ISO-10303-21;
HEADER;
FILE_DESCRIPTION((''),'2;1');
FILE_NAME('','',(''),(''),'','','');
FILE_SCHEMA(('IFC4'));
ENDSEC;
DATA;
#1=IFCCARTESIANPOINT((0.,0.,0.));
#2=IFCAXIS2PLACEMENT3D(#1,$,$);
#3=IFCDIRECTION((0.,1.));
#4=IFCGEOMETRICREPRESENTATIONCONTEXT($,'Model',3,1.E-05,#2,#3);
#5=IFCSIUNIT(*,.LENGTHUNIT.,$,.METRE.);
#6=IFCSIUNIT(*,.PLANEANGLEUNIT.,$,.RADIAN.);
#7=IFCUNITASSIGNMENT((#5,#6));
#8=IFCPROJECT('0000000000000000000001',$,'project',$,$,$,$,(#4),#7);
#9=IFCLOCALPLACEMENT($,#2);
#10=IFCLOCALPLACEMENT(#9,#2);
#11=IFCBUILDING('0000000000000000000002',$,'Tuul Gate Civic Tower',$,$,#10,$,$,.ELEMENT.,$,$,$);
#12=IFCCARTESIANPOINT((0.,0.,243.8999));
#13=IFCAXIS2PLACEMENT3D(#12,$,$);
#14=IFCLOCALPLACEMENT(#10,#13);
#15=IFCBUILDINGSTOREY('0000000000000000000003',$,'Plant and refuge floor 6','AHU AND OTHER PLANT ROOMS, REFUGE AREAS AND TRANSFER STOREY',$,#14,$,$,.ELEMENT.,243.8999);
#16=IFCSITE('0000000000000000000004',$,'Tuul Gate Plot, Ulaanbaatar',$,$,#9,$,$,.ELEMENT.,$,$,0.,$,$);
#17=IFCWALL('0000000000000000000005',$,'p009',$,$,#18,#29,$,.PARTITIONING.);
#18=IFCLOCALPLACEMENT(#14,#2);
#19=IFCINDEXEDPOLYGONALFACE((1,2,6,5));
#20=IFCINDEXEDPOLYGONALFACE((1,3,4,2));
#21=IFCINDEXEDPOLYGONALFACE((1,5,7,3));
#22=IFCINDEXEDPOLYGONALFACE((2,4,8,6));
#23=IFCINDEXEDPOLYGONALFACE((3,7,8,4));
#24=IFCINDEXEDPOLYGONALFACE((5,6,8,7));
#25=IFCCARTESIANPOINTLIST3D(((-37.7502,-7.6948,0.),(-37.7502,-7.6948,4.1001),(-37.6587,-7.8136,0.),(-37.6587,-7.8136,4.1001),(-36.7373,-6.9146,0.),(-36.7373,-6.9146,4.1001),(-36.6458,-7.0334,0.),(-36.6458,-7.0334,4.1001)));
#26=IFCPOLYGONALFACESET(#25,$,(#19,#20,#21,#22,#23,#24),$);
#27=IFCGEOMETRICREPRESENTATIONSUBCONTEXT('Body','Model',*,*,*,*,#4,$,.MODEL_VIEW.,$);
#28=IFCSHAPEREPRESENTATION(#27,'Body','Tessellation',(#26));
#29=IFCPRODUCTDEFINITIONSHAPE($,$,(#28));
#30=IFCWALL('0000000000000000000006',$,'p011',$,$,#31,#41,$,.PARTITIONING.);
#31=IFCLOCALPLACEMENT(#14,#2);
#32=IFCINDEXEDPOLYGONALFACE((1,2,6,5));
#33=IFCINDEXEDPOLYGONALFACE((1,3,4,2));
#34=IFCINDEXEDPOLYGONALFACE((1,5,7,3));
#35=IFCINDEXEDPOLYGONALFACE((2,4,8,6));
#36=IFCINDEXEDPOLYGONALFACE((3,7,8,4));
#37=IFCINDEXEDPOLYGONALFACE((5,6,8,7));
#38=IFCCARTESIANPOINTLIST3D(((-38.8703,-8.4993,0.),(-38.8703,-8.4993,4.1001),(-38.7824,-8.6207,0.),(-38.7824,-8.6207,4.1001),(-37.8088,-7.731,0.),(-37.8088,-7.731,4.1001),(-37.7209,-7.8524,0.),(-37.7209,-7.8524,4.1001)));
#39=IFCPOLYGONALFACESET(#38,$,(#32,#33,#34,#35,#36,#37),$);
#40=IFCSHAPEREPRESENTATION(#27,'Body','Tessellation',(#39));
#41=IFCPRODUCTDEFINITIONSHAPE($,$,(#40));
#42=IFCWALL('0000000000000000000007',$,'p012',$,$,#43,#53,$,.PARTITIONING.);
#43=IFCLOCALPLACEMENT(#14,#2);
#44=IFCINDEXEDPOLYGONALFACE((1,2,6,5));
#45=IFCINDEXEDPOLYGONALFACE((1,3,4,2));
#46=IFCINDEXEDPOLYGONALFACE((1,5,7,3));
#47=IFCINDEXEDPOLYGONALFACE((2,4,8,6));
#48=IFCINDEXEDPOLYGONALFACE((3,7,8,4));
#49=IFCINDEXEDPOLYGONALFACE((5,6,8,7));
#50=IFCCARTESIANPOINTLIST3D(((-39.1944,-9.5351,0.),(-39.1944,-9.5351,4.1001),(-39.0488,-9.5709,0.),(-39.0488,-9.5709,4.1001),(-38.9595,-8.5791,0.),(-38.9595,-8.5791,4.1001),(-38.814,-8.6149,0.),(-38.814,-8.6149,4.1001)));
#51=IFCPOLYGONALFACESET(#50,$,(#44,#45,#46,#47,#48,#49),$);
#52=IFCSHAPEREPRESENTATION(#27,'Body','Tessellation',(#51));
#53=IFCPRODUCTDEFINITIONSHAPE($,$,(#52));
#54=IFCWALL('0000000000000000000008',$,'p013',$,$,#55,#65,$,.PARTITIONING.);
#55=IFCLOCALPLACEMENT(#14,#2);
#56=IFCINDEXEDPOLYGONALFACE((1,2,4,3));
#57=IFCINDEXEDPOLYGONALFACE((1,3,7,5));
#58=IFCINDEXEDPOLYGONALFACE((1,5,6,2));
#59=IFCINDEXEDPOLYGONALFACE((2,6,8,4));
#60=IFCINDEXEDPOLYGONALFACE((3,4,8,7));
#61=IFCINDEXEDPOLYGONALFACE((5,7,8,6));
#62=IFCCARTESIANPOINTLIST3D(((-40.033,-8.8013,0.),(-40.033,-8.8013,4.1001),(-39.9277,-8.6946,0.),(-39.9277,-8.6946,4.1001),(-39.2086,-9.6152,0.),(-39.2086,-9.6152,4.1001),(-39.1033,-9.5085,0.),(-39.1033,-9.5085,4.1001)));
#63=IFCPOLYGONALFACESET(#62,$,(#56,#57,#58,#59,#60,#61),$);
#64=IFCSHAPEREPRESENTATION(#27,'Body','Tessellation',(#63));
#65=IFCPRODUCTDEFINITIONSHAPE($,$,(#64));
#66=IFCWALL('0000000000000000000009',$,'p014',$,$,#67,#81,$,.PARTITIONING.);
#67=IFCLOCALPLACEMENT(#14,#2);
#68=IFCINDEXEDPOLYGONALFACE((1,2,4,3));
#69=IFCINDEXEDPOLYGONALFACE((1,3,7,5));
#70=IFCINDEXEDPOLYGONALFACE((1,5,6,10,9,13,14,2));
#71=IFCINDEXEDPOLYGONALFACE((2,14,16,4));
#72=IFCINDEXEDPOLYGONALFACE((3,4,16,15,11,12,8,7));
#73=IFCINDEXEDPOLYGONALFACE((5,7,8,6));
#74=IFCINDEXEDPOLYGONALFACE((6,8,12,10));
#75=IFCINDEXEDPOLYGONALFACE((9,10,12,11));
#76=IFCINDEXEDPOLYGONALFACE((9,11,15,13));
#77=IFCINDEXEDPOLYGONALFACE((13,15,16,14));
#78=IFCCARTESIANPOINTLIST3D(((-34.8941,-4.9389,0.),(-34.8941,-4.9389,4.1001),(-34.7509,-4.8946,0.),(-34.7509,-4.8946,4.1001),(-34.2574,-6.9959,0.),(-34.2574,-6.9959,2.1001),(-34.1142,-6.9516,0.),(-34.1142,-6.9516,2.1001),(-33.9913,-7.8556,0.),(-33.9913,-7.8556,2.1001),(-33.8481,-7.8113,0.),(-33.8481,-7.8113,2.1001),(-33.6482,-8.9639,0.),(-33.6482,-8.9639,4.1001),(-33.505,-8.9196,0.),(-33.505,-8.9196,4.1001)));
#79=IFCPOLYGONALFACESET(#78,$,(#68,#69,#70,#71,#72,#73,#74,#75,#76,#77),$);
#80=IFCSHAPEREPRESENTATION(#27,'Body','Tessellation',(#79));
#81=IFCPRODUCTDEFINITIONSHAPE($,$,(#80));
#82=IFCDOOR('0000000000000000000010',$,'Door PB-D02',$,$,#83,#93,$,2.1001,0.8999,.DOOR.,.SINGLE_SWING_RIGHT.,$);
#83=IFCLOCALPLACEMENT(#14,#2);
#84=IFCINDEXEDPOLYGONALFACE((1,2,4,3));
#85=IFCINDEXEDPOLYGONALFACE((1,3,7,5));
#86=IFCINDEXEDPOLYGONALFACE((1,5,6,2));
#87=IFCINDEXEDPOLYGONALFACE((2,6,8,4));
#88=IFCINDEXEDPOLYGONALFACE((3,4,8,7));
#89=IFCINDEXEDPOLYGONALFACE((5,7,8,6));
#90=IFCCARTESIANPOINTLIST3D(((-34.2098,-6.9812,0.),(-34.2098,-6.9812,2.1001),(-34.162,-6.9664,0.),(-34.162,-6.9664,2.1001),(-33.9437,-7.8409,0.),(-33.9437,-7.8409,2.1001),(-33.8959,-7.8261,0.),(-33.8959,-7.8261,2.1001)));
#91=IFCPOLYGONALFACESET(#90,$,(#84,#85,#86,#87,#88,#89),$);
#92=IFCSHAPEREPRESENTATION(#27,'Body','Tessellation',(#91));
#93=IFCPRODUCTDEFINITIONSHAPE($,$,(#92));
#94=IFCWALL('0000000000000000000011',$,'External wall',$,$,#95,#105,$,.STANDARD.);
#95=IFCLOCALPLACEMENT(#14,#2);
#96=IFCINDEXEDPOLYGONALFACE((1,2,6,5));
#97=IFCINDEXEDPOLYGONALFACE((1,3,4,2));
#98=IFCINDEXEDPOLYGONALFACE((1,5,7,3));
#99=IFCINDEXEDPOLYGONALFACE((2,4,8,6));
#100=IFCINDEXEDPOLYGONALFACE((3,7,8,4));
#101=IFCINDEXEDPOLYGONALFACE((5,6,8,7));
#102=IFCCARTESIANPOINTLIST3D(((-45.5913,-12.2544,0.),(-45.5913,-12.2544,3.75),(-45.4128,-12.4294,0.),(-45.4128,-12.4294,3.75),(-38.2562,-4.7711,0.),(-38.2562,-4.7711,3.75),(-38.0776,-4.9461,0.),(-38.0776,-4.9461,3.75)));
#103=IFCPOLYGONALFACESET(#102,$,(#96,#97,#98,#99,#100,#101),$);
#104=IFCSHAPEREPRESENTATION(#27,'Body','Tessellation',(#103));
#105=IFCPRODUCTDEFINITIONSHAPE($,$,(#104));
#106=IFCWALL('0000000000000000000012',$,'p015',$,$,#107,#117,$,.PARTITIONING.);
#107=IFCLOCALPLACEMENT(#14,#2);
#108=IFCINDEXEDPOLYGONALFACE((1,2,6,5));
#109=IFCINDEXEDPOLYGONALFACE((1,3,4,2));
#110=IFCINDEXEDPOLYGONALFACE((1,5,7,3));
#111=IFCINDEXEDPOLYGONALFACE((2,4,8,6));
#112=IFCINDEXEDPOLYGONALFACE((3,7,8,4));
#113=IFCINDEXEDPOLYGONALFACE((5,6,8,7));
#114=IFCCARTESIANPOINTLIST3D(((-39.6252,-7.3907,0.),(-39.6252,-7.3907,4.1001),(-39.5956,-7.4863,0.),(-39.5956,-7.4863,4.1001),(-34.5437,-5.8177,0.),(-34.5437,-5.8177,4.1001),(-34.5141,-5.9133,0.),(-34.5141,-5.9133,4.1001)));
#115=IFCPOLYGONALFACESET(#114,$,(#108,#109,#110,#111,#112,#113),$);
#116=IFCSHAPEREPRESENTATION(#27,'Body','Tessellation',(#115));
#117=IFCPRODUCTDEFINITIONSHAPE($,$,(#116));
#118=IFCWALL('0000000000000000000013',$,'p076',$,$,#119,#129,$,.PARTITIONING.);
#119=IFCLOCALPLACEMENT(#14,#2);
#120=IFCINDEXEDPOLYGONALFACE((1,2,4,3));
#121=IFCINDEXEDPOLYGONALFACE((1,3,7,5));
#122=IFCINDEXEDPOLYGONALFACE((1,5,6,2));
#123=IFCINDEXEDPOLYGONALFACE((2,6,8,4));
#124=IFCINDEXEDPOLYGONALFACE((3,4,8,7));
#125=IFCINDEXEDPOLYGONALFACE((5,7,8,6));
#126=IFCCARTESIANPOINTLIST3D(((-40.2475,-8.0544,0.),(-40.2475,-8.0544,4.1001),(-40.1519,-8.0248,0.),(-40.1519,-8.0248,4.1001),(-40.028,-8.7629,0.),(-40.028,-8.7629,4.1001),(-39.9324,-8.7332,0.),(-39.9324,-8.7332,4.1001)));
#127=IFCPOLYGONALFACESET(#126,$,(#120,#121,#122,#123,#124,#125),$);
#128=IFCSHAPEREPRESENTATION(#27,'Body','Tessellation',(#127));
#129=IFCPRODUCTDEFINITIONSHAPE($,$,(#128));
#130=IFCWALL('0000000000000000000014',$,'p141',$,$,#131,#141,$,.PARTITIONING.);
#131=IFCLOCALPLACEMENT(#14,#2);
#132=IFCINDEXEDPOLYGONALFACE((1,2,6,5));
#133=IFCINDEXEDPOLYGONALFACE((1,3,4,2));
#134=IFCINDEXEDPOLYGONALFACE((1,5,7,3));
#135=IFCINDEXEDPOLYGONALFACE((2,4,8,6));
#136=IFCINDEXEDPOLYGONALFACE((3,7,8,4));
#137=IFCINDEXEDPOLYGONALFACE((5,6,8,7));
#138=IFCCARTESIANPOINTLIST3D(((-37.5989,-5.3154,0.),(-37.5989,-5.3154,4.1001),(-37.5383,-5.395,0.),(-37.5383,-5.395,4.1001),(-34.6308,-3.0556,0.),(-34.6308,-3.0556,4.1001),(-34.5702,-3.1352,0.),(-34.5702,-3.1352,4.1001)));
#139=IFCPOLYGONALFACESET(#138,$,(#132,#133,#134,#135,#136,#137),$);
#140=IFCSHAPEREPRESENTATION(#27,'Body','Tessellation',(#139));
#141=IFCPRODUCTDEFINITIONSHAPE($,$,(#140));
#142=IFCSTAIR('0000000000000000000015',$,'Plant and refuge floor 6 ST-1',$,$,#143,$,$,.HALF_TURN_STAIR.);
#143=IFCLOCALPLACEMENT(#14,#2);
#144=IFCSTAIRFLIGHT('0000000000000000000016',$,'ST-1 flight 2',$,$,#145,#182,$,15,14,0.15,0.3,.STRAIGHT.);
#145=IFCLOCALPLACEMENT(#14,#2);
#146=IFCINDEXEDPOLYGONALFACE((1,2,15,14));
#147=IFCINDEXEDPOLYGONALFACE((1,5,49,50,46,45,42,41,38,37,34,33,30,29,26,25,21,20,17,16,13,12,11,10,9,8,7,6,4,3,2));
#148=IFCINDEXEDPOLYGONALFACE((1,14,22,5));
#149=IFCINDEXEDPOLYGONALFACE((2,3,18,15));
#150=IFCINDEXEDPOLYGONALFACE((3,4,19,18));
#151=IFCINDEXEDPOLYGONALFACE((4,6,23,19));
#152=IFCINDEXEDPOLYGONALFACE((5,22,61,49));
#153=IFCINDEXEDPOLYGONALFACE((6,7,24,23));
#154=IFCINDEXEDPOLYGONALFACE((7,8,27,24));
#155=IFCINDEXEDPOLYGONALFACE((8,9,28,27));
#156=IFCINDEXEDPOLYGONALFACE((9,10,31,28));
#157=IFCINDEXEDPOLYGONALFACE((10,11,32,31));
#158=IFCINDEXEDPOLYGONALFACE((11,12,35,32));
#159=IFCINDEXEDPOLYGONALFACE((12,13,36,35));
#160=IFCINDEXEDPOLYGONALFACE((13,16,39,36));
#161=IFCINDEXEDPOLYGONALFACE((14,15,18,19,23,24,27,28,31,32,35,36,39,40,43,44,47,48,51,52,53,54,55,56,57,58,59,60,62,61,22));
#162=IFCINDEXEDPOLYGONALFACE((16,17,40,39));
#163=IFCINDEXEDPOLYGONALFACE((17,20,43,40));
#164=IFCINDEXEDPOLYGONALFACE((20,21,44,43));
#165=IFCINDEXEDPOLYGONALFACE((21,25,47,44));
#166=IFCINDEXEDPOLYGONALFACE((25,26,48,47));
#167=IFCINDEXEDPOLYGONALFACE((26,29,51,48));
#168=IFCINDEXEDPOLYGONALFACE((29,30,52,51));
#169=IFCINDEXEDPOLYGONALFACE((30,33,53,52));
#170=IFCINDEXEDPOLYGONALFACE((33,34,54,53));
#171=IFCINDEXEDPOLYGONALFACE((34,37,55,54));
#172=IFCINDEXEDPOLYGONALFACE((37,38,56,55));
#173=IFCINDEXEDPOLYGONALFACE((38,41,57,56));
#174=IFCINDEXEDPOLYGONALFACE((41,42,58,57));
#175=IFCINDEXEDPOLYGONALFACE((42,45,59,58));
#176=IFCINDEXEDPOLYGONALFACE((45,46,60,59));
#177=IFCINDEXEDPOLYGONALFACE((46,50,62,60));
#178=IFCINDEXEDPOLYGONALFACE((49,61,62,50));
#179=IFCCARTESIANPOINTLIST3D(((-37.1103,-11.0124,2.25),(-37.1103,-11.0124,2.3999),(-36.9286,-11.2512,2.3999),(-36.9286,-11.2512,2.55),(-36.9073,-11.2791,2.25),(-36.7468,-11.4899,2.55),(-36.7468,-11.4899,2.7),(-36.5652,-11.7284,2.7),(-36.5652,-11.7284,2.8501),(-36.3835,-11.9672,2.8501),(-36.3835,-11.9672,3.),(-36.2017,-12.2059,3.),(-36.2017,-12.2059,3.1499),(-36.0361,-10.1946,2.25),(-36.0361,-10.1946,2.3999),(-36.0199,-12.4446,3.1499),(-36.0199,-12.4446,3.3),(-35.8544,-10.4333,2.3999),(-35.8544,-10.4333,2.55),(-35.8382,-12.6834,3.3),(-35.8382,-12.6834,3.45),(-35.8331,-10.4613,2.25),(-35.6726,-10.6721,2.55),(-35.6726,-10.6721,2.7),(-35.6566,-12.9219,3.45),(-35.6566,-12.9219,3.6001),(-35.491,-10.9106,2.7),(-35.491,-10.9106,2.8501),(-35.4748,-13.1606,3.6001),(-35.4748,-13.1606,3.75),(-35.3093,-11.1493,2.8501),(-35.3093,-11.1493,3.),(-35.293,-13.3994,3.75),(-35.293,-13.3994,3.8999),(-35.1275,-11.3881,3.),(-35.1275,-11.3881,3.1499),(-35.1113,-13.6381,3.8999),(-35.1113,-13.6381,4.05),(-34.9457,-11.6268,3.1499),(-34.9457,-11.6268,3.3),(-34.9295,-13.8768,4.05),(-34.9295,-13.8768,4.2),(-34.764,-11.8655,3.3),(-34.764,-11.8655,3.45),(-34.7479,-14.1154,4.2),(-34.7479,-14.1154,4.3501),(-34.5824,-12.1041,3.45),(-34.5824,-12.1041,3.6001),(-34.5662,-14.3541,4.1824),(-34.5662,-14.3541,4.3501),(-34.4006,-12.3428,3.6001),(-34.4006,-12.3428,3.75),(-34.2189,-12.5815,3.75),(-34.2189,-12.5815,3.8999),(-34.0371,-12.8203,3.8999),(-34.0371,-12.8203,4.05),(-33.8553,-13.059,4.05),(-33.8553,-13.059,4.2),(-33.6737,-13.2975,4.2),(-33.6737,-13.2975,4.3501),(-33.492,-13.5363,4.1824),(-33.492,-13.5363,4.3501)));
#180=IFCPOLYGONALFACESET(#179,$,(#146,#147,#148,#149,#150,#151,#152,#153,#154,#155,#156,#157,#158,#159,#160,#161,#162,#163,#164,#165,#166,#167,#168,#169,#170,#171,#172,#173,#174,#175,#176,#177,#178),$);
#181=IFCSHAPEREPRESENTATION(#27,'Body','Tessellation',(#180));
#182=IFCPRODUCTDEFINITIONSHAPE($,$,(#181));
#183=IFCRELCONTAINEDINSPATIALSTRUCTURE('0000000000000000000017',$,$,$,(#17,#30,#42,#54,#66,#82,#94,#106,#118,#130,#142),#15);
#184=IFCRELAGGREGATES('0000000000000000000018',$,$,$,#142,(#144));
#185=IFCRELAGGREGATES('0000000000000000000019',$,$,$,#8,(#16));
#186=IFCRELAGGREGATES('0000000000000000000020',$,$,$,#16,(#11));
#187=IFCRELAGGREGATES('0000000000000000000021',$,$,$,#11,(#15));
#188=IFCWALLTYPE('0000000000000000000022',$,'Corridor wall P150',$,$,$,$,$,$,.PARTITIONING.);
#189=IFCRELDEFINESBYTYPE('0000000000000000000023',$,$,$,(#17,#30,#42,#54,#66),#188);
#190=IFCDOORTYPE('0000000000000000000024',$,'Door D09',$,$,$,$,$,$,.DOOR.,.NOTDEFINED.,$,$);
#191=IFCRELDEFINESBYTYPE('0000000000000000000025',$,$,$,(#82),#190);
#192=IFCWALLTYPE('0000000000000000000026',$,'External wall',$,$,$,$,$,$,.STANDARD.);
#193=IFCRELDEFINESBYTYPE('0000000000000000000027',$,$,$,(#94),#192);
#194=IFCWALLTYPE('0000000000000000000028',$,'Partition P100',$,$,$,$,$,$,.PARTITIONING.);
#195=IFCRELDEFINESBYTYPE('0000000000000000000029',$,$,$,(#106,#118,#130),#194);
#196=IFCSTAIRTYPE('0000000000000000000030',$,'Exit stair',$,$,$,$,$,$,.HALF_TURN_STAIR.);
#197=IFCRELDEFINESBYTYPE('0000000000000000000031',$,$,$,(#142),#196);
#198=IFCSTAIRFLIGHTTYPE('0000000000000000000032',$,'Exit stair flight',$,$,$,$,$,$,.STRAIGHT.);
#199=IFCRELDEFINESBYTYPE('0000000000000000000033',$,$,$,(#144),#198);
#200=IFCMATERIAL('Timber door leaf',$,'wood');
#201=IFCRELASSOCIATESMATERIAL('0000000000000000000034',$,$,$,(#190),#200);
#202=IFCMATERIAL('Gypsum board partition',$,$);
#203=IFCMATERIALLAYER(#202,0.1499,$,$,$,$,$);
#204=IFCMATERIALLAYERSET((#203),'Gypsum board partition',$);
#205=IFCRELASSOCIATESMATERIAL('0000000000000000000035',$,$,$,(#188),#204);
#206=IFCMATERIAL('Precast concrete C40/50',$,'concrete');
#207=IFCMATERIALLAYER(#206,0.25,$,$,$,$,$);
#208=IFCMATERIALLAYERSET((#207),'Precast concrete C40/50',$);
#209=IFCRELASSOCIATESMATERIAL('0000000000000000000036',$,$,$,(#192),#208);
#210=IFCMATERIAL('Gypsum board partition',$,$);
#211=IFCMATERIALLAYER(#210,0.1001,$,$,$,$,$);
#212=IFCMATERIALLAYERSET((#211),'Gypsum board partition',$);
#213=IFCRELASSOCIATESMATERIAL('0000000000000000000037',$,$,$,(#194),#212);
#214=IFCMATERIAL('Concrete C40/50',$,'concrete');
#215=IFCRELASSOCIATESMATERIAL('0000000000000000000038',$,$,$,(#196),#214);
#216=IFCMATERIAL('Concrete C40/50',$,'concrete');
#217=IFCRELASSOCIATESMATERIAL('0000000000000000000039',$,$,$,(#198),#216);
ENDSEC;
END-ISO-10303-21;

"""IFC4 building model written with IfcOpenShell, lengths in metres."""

from ifc_helpers import new_model, si_unit, direction, frame, frame_2d, origin, place, context, subcontext, project, spatial, polyline, rectangle, outline, extrude, material, layer, layer_set, type_object, element, fill, aggregate, save


model = new_model("IFC4")

# Units and contexts
model_context = context("Model", 3, precision=1e-05, world=origin(), true_north=direction((0.0, 1.0)))
body_context = subcontext(model_context, "Body", "Model", "MODEL_VIEW")
ifc_project = project(units=[si_unit("LENGTHUNIT", "METRE"), si_unit("PLANEANGLEUNIT", "RADIAN")], contexts=[model_context])

# Site, building, storey
site_placement = place(None, origin())
site = spatial("IfcSite", under=ifc_project, at=site_placement, Name="Tuul Gate Plot, Ulaanbaatar", CompositionType="ELEMENT", RefElevation=0.0)
building_placement = place(site_placement, origin())
building = spatial("IfcBuilding", under=site, at=building_placement, Name="Tuul Gate Civic Tower", CompositionType="ELEMENT")
storey_placement = place(building_placement, frame((0.0, 0.0, 243.8999)))
storey = spatial("IfcBuildingStorey", under=building, at=storey_placement, Name="Plant and refuge floor 6", Description="AHU AND OTHER PLANT ROOMS, REFUGE AREAS AND TRANSFER STOREY", CompositionType="ELEMENT", Elevation=243.8999)

# Shared definitions
ifc_material_1 = material(Name="Timber door leaf", Category="wood")
door_type_1 = type_object("IfcDoorType", Name="Door D09", OperationType="NOTDEFINED", PredefinedType="DOOR", material=ifc_material_1)

# Walls
ifc_material_2 = material(Name="Gypsum board partition")
ifc_layer_1 = layer(ifc_material_2, 0.1499)
ifc_layer_set_1 = layer_set([ifc_layer_1], Name="Gypsum board partition")
wall_type_1 = type_object("IfcWallType", Name="Corridor wall P150", PredefinedType="PARTITIONING", material=ifc_layer_set_1)
wall_1_placement = place(storey_placement, frame((-37.7043, -7.7542, 0.0), z_axis=(0.0, 0.0, 1.0), x_axis=(0.792212, 0.610246, 0.0)))
element("IfcWall", 1, at=wall_1_placement, inside=storey, type_object=wall_type_1, Name="p009", PredefinedType="PARTITIONING", context=body_context, shape_type="SweptSolid", body=[
    extrude(rectangle(XDim=1.2786, YDim=0.1499, at=frame_2d((0.6392, 0.0))), origin(), (0.0, 0.0, 1.0), 4.1001),
])
wall_2_placement = place(storey_placement, frame((-38.8264, -8.5601, 0.0), z_axis=(0.0, 0.0, 1.0), x_axis=(0.810079, 0.58632, 0.0)))
element("IfcWall", 2, at=wall_2_placement, inside=storey, type_object=wall_type_1, Name="p011", PredefinedType="PARTITIONING", context=body_context, shape_type="SweptSolid", body=[
    extrude(rectangle(XDim=1.3103, YDim=0.1499, at=frame_2d((0.6553, 0.0))), origin(), (0.0, 0.0, 1.0), 4.1001),
])
wall_3_placement = place(storey_placement, frame((-39.1216, -9.553, 0.0), z_axis=(0.0, 0.0, 1.0), x_axis=(0.238566, 0.971126, 0.0)))
element("IfcWall", 3, at=wall_3_placement, inside=storey, type_object=wall_type_1, Name="p012", PredefinedType="PARTITIONING", context=body_context, shape_type="SweptSolid", body=[
    extrude(rectangle(XDim=0.9844, YDim=0.1499, at=frame_2d((0.4922, 0.0))), origin(), (0.0, 0.0, 1.0), 4.1001),
])
wall_4_placement = place(storey_placement, frame((-39.9802, -8.748, 0.0), z_axis=(0.0, 0.0, 1.0), x_axis=(0.711623, -0.702562, 0.0)))
element("IfcWall", 4, at=wall_4_placement, inside=storey, type_object=wall_type_1, Name="p013", PredefinedType="PARTITIONING", context=body_context, shape_type="SweptSolid", body=[
    extrude(rectangle(XDim=1.1584, YDim=0.1499, at=frame_2d((0.5791, 0.0))), origin(), (0.0, 0.0, 1.0), 4.1001),
])

# Wall, opening, door
wall_5_placement = place(storey_placement, frame((-34.8225, -4.9167, 0.0), z_axis=(0.0, 0.0, 1.0), x_axis=(0.295694, -0.955283, 0.0)))
wall_5 = element("IfcWall", 5, at=wall_5_placement, inside=storey, type_object=wall_type_1, Name="p014", PredefinedType="PARTITIONING", context=body_context, shape_type="SweptSolid", body=[
    extrude(rectangle(XDim=4.2134, YDim=0.1499, at=frame_2d((2.1067, 0.0))), origin(), (0.0, 0.0, 1.0), 4.1001),
])
opening_1_placement = place(wall_5_placement, frame((2.1533, 0.0, 0.0)))
opening_1 = element("IfcOpeningElement", 6, at=opening_1_placement, cuts=wall_5, PredefinedType="OPENING", context=body_context, shape_type="SweptSolid", body=[
    extrude(rectangle(XDim=0.8999, YDim=2.1001, at=frame_2d((0.45, 1.05))), frame((0.0, 0.085, 0.0), z_axis=(0.0, -1.0, 0.0), x_axis=(1.0, 0.0, 0.0)), (0.0, 0.0, 1.0), 0.1699),
])
door_1_placement = place(opening_1_placement, origin())
door_1 = element("IfcDoor", 7, at=door_1_placement, inside=storey, type_object=door_type_1, Name="Door PB-D02", OperationType="SINGLE_SWING_RIGHT", OverallHeight=2.1001, OverallWidth=0.8999, PredefinedType="DOOR", context=body_context, shape_type="SweptSolid", body=[
    extrude(rectangle(XDim=0.8999, YDim=2.1001, at=frame_2d((0.45, 1.05))), frame((0.0, 0.0249, 0.0), z_axis=(0.0, -1.0, 0.0), x_axis=(1.0, 0.0, 0.0)), (0.0, 0.0, 1.0), 0.05),
])
fill(opening_1, door_1)

# Walls
ifc_material_3 = material(Name="Precast concrete C40/50", Category="concrete")
ifc_layer_2 = layer(ifc_material_3, 0.25)
ifc_layer_set_2 = layer_set([ifc_layer_2], Name="Precast concrete C40/50")
wall_type_2 = type_object("IfcWallType", Name="External wall", PredefinedType="STANDARD", material=ifc_layer_set_2)
wall_6_placement = place(storey_placement, frame((-38.167, -4.8586, 0.0), z_axis=(0.0, 0.0, 1.0), x_axis=(-0.7, -0.714142, 0.0)))
element("IfcWall", 8, at=wall_6_placement, inside=storey, type_object=wall_type_2, Name="External wall", PredefinedType="STANDARD", context=body_context, shape_type="SweptSolid", body=[
    extrude(rectangle(XDim=10.4788, YDim=0.25, at=frame_2d((5.2393, 0.0))), origin(), (0.0, 0.0, 1.0), 3.75),
])
ifc_material_4 = material(Name="Gypsum board partition")
ifc_layer_3 = layer(ifc_material_4, 0.1001)
ifc_layer_set_3 = layer_set([ifc_layer_3], Name="Gypsum board partition")
wall_type_3 = type_object("IfcWallType", Name="Partition P100", PredefinedType="PARTITIONING", material=ifc_layer_set_3)
wall_7_placement = place(storey_placement, frame((-39.6104, -7.4385, 0.0), z_axis=(0.0, 0.0, 1.0), x_axis=(0.955278, 0.295708, 0.0)))
element("IfcWall", 9, at=wall_7_placement, inside=storey, type_object=wall_type_3, Name="p015", PredefinedType="PARTITIONING", context=body_context, shape_type="SweptSolid", body=[
    extrude(rectangle(XDim=5.3193, YDim=0.1001, at=frame_2d((2.6597, 0.0))), origin(), (0.0, 0.0, 1.0), 4.1001),
])
wall_8_placement = place(storey_placement, frame((-39.9802, -8.748, 0.0), z_axis=(0.0, 0.0, 1.0), x_axis=(-0.295913, 0.955215, 0.0)))
element("IfcWall", 10, at=wall_8_placement, inside=storey, type_object=wall_type_3, Name="p076", PredefinedType="PARTITIONING", context=body_context, shape_type="SweptSolid", body=[
    extrude(rectangle(XDim=0.7417, YDim=0.1001, at=frame_2d((0.3708, 0.0))), origin(), (0.0, 0.0, 1.0), 4.1001),
])
wall_9_placement = place(storey_placement, frame((-37.5686, -5.3552, 0.0), z_axis=(0.0, 0.0, 1.0), x_axis=(0.795636, 0.605775, 0.0)))
element("IfcWall", 11, at=wall_9_placement, inside=storey, type_object=wall_type_3, Name="p141", PredefinedType="PARTITIONING", context=body_context, shape_type="SweptSolid", body=[
    extrude(rectangle(XDim=3.7305, YDim=0.1001, at=frame_2d((1.8652, 0.0))), origin(), (0.0, 0.0, 1.0), 4.1001),
])

# Stair, stair flight
ifc_material_5 = material(Name="Concrete C40/50", Category="concrete")
stair_type = type_object("IfcStairType", Name="Exit stair", PredefinedType="HALF_TURN_STAIR", material=ifc_material_5)
stair_placement = place(storey_placement, origin())
stair = element("IfcStair", 12, at=stair_placement, inside=storey, type_object=stair_type, Name="Plant and refuge floor 6 ST-1", PredefinedType="HALF_TURN_STAIR")
ifc_material_6 = material(Name="Concrete C40/50", Category="concrete")
stair_flight_type = type_object("IfcStairFlightType", Name="Exit stair flight", PredefinedType="STRAIGHT", material=ifc_material_6)
stair_flight_placement = place(storey_placement, frame((-36.5732, -10.6035, 2.25), z_axis=(0.0, 0.0, 1.0), x_axis=(0.605764, -0.795644, 0.0)))
stair_flight = element("IfcStairFlight", 13, at=stair_flight_placement, type_object=stair_flight_type, Name="ST-1 flight 2", NumberOfRisers=15, NumberOfTreads=14, PredefinedType="STRAIGHT", RiserHeight=0.15, TreadLength=0.3, context=body_context, shape_type="SweptSolid", body=[
    extrude(outline(polyline([(0.0, 0.0), (0.0, 0.1499), (0.3, 0.1499), (0.3, 0.3), (0.6001, 0.3), (0.6001, 0.45), (0.8999, 0.45), (0.8999, 0.6001), (1.2, 0.6001), (1.2, 0.75), (1.5, 0.75), (1.5, 0.8999), (1.8, 0.8999), (1.8, 1.05), (2.1001, 1.05), (2.1001, 1.2), (2.3999, 1.2), (2.3999, 1.3501), (2.7, 1.3501), (2.7, 1.5), (3.0, 1.5), (3.0, 1.6499), (3.3, 1.6499), (3.3, 1.8), (3.6001, 1.8), (3.6001, 1.95), (3.8999, 1.95), (3.8999, 2.1001), (4.2, 2.1001), (4.2, 2.25), (4.2, 1.9324), (0.3352, 0.0), (0.0, 0.0)])), frame((0.0, 0.675, 0.0), z_axis=(0.0, -1.0, 0.0), x_axis=(1.0, 0.0, 0.0)), (0.0, 0.0, 1.0), 1.3501),
])
aggregate(stair, [stair_flight])

save(model, "model.ifc")
